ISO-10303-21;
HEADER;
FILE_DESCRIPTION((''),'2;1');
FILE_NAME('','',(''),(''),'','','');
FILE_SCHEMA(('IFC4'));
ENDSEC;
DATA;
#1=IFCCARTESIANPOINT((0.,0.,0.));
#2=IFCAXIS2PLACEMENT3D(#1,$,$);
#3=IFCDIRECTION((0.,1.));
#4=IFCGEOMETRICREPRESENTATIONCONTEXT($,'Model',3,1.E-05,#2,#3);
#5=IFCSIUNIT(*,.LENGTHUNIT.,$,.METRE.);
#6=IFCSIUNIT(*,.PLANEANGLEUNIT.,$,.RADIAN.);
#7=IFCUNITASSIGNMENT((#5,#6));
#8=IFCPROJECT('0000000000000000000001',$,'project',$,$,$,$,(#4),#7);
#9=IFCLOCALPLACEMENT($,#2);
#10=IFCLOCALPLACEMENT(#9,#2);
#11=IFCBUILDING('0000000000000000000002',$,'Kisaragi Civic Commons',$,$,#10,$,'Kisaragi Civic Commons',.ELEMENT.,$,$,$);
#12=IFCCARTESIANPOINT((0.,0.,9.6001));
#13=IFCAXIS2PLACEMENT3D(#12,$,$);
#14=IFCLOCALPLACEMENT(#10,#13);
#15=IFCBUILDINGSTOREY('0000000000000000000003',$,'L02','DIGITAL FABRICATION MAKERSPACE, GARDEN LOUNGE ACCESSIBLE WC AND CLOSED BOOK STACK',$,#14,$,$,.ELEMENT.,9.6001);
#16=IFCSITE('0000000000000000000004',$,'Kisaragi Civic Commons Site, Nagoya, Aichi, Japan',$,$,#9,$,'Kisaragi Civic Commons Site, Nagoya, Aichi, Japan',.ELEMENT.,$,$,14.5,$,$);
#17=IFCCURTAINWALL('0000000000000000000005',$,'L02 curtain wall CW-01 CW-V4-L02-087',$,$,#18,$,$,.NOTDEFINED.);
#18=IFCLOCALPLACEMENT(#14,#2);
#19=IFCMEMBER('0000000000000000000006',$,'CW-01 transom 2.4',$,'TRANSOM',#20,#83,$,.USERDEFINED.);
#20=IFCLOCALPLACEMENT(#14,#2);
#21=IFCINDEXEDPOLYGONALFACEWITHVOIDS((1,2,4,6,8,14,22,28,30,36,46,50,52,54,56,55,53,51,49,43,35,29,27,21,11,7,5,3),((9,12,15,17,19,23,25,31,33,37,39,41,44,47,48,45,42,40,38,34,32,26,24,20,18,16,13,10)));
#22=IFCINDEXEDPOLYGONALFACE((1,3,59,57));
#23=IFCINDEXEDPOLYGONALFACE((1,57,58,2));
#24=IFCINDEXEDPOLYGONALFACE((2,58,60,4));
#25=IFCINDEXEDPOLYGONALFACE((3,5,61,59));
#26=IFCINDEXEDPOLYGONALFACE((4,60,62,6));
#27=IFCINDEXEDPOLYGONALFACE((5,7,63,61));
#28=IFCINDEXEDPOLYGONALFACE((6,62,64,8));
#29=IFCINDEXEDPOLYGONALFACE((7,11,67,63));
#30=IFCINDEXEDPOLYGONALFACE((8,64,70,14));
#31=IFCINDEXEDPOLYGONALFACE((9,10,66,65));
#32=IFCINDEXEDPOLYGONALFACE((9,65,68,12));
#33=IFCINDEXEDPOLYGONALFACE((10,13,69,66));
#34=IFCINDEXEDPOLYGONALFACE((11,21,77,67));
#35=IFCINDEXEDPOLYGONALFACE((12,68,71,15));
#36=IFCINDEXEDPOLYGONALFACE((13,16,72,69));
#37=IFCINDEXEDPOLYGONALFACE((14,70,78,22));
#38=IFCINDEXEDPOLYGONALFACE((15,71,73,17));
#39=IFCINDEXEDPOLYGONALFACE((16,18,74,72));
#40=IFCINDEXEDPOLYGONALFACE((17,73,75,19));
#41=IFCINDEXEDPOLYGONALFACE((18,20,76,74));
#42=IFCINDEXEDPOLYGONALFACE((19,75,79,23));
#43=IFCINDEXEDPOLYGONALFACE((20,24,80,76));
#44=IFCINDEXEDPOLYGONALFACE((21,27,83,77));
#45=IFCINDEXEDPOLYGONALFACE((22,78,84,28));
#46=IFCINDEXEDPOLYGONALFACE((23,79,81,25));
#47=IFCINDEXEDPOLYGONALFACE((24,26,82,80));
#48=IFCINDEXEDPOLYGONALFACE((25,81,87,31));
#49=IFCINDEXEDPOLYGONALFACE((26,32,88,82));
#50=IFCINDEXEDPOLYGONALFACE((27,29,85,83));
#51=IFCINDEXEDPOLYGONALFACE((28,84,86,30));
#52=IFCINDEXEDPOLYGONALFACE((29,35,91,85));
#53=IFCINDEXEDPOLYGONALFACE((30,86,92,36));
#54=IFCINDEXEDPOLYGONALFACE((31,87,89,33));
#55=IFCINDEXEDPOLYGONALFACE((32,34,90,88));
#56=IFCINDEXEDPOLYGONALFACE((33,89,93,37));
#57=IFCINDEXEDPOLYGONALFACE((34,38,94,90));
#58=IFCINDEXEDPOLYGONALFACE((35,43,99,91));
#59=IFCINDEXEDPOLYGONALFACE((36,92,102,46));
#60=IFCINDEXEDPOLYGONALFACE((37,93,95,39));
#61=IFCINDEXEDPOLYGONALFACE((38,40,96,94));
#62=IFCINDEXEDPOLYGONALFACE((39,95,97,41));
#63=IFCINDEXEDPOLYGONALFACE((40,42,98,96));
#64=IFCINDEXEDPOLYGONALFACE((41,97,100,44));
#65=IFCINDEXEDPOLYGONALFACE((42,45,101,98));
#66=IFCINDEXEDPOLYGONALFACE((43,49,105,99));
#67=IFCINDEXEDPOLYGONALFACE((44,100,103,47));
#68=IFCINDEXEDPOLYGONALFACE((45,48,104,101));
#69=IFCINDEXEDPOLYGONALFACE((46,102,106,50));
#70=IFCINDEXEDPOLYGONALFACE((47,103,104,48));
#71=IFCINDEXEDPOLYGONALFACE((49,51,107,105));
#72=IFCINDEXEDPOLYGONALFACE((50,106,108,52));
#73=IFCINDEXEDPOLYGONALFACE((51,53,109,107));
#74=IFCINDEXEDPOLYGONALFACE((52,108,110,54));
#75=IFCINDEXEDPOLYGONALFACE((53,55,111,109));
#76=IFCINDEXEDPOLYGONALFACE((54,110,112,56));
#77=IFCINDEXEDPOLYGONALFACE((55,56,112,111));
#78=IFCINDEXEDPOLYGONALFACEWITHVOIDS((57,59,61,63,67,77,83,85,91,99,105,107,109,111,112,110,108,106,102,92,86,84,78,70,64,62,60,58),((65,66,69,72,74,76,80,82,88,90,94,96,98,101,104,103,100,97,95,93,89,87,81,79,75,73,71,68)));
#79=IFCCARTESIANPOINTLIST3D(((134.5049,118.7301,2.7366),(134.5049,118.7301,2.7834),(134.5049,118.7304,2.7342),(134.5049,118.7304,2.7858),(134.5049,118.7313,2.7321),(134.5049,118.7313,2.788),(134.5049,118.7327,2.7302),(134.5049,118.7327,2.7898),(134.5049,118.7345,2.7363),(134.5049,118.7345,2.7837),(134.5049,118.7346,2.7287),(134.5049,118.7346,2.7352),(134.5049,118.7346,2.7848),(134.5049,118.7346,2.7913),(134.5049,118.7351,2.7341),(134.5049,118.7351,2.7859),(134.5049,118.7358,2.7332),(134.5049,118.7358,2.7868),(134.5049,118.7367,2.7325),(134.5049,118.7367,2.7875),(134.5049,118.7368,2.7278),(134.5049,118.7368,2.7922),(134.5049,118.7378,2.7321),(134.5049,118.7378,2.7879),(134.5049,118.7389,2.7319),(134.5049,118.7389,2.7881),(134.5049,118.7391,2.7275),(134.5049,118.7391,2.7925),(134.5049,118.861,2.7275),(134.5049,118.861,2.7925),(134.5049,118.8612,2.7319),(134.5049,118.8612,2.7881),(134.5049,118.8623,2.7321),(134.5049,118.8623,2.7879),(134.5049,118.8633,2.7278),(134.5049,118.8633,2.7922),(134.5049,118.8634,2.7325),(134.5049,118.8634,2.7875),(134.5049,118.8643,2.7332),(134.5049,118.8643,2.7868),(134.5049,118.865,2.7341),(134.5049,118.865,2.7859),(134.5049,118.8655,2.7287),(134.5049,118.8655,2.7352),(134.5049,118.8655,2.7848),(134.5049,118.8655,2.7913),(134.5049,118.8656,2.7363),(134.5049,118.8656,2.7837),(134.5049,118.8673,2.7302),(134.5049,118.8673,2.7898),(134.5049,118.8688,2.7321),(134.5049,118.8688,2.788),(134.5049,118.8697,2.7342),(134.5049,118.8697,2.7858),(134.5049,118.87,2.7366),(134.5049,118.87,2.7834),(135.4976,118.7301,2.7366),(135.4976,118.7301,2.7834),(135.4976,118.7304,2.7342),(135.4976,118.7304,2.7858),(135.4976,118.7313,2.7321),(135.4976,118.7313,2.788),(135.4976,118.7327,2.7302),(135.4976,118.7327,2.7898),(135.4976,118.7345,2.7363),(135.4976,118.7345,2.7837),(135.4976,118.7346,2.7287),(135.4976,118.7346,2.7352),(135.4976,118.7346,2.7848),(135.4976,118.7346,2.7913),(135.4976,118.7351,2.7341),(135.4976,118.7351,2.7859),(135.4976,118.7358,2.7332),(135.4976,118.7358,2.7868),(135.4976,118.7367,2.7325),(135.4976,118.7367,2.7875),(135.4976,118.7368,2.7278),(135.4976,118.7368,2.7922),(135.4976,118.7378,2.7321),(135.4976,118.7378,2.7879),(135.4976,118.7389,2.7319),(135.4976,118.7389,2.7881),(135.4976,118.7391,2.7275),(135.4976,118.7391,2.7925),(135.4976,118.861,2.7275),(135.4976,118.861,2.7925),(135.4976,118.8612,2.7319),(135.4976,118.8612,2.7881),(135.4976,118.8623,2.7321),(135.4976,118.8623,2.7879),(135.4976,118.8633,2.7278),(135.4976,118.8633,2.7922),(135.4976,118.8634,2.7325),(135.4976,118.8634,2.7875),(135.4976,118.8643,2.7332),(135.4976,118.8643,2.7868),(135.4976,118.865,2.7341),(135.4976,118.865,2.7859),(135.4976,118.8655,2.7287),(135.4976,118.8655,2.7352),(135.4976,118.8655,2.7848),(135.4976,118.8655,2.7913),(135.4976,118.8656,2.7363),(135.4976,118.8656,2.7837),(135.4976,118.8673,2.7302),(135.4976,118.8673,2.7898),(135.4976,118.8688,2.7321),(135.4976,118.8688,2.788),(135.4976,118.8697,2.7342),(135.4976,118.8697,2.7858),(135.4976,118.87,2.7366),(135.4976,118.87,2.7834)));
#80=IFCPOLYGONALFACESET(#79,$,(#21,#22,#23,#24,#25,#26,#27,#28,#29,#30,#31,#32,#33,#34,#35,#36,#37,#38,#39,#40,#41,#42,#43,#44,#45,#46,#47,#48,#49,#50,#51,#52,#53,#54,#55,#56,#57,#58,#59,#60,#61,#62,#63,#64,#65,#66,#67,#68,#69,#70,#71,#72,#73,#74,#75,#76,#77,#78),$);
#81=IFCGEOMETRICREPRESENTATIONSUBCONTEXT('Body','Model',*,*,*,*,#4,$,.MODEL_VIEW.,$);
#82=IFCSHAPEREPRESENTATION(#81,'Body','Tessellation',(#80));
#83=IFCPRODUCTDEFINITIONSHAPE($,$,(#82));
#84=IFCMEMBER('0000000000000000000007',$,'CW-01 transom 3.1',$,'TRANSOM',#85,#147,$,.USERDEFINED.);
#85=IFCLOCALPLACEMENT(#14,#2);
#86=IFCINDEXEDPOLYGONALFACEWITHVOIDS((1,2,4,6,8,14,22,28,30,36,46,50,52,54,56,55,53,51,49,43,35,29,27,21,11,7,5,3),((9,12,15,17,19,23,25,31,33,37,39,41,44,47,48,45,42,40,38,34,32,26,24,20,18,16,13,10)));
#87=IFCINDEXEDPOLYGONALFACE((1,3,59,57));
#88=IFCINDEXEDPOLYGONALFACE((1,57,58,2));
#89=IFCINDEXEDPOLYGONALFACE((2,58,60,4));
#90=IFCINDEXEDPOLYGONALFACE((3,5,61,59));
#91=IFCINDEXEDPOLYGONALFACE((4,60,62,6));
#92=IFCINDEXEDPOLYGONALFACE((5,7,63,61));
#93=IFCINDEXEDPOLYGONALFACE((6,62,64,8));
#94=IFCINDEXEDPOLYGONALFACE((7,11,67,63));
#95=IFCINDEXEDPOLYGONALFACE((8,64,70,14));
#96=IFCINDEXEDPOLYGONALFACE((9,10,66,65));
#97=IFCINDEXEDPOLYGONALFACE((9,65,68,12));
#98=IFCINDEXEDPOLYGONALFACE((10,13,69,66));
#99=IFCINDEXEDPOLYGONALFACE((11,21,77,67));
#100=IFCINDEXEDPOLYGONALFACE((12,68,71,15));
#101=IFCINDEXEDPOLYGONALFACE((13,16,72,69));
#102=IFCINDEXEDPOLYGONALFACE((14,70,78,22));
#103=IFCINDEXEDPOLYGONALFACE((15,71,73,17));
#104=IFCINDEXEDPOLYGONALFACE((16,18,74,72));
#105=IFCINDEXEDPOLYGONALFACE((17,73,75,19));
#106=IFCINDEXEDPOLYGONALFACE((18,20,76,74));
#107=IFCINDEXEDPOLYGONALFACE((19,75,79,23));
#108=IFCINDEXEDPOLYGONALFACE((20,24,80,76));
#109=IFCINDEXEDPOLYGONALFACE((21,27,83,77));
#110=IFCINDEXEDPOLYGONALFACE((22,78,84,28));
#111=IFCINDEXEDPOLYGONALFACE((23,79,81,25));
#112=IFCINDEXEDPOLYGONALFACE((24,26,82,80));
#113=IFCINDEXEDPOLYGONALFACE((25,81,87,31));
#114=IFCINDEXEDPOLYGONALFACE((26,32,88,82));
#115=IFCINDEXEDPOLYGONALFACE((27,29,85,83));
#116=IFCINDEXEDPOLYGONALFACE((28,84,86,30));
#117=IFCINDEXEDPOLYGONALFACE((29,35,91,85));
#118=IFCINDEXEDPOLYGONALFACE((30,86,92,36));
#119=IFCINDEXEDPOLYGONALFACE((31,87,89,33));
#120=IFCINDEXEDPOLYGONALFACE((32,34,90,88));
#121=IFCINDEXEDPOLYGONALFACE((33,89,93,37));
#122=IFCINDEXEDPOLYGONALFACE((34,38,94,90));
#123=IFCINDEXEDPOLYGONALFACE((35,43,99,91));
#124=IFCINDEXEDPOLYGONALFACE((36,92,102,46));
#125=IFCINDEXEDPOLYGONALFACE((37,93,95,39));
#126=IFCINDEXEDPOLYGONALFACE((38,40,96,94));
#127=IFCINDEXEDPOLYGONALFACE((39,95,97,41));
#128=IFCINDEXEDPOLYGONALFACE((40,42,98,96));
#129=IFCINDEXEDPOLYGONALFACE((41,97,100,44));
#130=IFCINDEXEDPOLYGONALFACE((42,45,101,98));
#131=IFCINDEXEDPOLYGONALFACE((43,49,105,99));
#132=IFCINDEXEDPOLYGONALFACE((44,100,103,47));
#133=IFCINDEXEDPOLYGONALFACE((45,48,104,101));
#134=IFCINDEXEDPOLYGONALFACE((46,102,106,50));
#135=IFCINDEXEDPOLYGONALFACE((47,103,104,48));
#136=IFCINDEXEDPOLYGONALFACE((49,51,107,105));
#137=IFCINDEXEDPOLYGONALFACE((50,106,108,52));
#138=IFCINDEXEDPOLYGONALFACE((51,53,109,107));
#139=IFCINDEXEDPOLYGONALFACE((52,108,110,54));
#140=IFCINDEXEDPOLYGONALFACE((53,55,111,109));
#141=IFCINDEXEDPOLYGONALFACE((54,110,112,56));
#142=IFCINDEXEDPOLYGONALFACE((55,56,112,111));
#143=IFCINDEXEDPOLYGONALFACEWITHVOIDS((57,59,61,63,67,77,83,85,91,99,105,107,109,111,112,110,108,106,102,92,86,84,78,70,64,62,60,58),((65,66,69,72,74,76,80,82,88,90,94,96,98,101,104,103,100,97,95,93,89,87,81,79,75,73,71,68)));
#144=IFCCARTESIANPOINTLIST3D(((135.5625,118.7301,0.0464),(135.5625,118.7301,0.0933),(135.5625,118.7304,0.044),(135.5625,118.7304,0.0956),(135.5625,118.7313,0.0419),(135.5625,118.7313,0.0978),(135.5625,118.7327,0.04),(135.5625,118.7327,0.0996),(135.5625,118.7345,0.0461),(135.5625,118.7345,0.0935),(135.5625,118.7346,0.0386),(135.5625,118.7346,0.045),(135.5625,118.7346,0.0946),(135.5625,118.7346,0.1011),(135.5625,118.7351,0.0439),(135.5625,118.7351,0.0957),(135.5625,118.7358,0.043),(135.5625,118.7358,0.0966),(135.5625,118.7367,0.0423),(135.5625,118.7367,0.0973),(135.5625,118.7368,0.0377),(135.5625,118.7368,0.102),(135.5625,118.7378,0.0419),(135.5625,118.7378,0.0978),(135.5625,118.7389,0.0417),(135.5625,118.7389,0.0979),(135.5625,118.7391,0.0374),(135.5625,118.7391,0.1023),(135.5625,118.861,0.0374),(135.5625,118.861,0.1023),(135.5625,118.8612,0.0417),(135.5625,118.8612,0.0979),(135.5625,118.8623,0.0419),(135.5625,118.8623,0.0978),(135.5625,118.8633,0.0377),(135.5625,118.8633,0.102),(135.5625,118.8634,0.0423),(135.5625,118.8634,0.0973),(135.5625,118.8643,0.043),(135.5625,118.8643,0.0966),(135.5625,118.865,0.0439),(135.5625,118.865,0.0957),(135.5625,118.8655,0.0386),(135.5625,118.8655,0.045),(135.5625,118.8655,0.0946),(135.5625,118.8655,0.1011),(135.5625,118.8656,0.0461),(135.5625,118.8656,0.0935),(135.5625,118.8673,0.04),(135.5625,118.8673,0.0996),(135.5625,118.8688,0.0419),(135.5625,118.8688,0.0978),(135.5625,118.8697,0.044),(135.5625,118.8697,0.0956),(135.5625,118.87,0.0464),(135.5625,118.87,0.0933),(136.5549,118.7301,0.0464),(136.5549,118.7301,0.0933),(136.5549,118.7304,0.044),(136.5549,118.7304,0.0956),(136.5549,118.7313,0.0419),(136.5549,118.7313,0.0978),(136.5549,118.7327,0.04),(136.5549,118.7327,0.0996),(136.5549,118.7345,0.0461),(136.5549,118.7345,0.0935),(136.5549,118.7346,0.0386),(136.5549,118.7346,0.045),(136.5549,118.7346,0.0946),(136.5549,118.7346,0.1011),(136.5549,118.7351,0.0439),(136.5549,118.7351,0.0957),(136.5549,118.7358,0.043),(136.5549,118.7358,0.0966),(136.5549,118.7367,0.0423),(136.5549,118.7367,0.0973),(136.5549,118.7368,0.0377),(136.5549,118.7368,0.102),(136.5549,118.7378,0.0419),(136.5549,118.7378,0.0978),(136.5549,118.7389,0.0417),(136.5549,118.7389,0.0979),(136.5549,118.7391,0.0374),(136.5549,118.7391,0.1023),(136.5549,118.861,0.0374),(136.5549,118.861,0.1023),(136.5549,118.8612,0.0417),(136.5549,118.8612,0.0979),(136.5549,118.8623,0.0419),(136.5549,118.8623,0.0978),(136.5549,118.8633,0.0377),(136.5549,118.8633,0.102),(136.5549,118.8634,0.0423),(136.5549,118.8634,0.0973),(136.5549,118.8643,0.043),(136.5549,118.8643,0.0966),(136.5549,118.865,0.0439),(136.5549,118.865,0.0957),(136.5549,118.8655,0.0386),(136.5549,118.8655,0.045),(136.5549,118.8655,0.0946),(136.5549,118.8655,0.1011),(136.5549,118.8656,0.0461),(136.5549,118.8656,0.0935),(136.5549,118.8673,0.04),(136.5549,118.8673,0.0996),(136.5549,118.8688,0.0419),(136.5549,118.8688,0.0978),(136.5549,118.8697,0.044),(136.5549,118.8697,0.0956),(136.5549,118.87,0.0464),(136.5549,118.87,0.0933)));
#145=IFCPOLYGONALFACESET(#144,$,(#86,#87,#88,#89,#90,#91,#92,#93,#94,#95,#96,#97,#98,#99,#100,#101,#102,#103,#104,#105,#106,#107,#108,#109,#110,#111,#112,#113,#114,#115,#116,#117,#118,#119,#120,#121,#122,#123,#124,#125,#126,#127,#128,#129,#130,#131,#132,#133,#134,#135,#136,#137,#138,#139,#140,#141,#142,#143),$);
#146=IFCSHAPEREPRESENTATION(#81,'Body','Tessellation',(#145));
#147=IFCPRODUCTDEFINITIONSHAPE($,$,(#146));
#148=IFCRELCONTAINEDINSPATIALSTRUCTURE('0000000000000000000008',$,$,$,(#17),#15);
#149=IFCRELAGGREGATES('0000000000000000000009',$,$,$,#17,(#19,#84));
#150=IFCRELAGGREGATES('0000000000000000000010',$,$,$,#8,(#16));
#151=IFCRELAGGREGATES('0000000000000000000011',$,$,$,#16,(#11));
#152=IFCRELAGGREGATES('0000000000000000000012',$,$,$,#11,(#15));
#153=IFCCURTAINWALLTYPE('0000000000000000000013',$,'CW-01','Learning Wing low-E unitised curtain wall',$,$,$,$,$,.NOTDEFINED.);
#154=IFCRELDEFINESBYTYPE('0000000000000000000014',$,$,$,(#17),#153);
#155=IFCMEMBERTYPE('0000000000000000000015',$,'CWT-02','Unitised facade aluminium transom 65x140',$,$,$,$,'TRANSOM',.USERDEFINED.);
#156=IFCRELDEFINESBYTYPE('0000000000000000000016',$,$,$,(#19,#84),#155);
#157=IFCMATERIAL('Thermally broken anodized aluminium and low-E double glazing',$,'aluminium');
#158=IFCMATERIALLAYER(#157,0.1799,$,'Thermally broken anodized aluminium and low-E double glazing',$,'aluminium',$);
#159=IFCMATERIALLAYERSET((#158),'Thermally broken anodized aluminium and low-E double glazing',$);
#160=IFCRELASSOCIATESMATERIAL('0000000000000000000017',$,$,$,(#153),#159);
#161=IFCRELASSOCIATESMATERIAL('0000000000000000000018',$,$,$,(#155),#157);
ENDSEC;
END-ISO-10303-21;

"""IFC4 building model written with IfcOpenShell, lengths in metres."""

from ifc_helpers import new_model, si_unit, direction, frame, origin, origin_2d, place, context, subcontext, project, spatial, hollow_rectangle, extrude, material, layer, layer_set, material_profile, profile_set, type_object, element, aggregate, save


model = new_model("IFC4")

# Units and contexts
model_context = context("Model", 3, precision=1e-05, world=origin(), true_north=direction((0.0, 1.0)))
body_context = subcontext(model_context, "Body", "Model", "MODEL_VIEW")
ifc_project = project(units=[si_unit("LENGTHUNIT", "METRE"), si_unit("PLANEANGLEUNIT", "RADIAN")], contexts=[model_context])

# Site, building, storey
site_placement = place(None, origin())
site = spatial("IfcSite", under=ifc_project, at=site_placement, Name="Kisaragi Civic Commons Site, Nagoya, Aichi, Japan", LongName="Kisaragi Civic Commons Site, Nagoya, Aichi, Japan", CompositionType="ELEMENT", RefElevation=14.5)
building_placement = place(site_placement, origin())
building = spatial("IfcBuilding", under=site, at=building_placement, Name="Kisaragi Civic Commons", LongName="Kisaragi Civic Commons", CompositionType="ELEMENT")
storey_placement = place(building_placement, frame((0.0, 0.0, 9.6001)))
storey = spatial("IfcBuildingStorey", under=building, at=storey_placement, Name="L02", Description="DIGITAL FABRICATION MAKERSPACE, GARDEN LOUNGE ACCESSIBLE WC AND CLOSED BOOK STACK", CompositionType="ELEMENT", Elevation=9.6001)

# Curtain wall, members
ifc_material_1 = material(Name="Thermally broken anodized aluminium and low-E double glazing", Category="aluminium")
ifc_layer_1 = layer(ifc_material_1, 0.1799, Name="Thermally broken anodized aluminium and low-E double glazing", Category="aluminium")
ifc_layer_set_1 = layer_set([ifc_layer_1], Name="Thermally broken anodized aluminium and low-E double glazing")
curtain_wall_type = type_object("IfcCurtainWallType", Name="CW-01", Description="Learning Wing low-E unitised curtain wall", PredefinedType="NOTDEFINED", material=ifc_layer_set_1)
curtain_wall_placement = place(storey_placement, origin())
curtain_wall = element("IfcCurtainWall", 1, at=curtain_wall_placement, inside=storey, type_object=curtain_wall_type, Name="L02 curtain wall CW-01 CW-V4-L02-087", PredefinedType="NOTDEFINED")
ifc_material_profile_1 = material_profile(ifc_material_1, hollow_rectangle(XDim=0.1399, YDim=0.0649, WallThickness=0.0044, InnerFilletRadius=0.0044, OuterFilletRadius=0.009, at=origin_2d()), Name="CWT-65x140x4.5", Category="aluminium")
ifc_profile_set_1 = profile_set([ifc_material_profile_1], Name="Thermally broken anodized aluminium and low-E double glazing")
member_type_1 = type_object("IfcMemberType", Name="CWT-02", Description="Unitised facade aluminium transom 65x140", ElementType="TRANSOM", PredefinedType="USERDEFINED", material=ifc_profile_set_1)
member_1_placement = place(storey_placement, frame((134.5049, 118.8, 2.76), z_axis=(1.0, 0.0, 0.0), x_axis=(0.0, 1.0, 0.0)))
member_1 = element("IfcMember", 2, at=member_1_placement, type_object=member_type_1, Name="CW-01 transom 2.4", ObjectType="TRANSOM", PredefinedType="USERDEFINED", context=body_context, shape_type="SweptSolid", body=[
    extrude(hollow_rectangle(XDim=0.1399, YDim=0.0649, WallThickness=0.0044, InnerFilletRadius=0.0044, OuterFilletRadius=0.009, at=origin_2d()), origin(), (0.0, 0.0, 1.0), 0.9927),
])
member_2_placement = place(storey_placement, frame((135.5625, 118.8, 0.0698), z_axis=(1.0, 0.0, 0.0), x_axis=(0.0, 1.0, 0.0)))
member_2 = element("IfcMember", 3, at=member_2_placement, type_object=member_type_1, Name="CW-01 transom 3.1", ObjectType="TRANSOM", PredefinedType="USERDEFINED", context=body_context, shape_type="SweptSolid", body=[
    extrude(hollow_rectangle(XDim=0.1399, YDim=0.0649, WallThickness=0.0044, InnerFilletRadius=0.0044, OuterFilletRadius=0.009, at=origin_2d()), origin(), (0.0, 0.0, 1.0), 0.9924),
])
aggregate(curtain_wall, [member_1, member_2])

save(model, "model.ifc")
